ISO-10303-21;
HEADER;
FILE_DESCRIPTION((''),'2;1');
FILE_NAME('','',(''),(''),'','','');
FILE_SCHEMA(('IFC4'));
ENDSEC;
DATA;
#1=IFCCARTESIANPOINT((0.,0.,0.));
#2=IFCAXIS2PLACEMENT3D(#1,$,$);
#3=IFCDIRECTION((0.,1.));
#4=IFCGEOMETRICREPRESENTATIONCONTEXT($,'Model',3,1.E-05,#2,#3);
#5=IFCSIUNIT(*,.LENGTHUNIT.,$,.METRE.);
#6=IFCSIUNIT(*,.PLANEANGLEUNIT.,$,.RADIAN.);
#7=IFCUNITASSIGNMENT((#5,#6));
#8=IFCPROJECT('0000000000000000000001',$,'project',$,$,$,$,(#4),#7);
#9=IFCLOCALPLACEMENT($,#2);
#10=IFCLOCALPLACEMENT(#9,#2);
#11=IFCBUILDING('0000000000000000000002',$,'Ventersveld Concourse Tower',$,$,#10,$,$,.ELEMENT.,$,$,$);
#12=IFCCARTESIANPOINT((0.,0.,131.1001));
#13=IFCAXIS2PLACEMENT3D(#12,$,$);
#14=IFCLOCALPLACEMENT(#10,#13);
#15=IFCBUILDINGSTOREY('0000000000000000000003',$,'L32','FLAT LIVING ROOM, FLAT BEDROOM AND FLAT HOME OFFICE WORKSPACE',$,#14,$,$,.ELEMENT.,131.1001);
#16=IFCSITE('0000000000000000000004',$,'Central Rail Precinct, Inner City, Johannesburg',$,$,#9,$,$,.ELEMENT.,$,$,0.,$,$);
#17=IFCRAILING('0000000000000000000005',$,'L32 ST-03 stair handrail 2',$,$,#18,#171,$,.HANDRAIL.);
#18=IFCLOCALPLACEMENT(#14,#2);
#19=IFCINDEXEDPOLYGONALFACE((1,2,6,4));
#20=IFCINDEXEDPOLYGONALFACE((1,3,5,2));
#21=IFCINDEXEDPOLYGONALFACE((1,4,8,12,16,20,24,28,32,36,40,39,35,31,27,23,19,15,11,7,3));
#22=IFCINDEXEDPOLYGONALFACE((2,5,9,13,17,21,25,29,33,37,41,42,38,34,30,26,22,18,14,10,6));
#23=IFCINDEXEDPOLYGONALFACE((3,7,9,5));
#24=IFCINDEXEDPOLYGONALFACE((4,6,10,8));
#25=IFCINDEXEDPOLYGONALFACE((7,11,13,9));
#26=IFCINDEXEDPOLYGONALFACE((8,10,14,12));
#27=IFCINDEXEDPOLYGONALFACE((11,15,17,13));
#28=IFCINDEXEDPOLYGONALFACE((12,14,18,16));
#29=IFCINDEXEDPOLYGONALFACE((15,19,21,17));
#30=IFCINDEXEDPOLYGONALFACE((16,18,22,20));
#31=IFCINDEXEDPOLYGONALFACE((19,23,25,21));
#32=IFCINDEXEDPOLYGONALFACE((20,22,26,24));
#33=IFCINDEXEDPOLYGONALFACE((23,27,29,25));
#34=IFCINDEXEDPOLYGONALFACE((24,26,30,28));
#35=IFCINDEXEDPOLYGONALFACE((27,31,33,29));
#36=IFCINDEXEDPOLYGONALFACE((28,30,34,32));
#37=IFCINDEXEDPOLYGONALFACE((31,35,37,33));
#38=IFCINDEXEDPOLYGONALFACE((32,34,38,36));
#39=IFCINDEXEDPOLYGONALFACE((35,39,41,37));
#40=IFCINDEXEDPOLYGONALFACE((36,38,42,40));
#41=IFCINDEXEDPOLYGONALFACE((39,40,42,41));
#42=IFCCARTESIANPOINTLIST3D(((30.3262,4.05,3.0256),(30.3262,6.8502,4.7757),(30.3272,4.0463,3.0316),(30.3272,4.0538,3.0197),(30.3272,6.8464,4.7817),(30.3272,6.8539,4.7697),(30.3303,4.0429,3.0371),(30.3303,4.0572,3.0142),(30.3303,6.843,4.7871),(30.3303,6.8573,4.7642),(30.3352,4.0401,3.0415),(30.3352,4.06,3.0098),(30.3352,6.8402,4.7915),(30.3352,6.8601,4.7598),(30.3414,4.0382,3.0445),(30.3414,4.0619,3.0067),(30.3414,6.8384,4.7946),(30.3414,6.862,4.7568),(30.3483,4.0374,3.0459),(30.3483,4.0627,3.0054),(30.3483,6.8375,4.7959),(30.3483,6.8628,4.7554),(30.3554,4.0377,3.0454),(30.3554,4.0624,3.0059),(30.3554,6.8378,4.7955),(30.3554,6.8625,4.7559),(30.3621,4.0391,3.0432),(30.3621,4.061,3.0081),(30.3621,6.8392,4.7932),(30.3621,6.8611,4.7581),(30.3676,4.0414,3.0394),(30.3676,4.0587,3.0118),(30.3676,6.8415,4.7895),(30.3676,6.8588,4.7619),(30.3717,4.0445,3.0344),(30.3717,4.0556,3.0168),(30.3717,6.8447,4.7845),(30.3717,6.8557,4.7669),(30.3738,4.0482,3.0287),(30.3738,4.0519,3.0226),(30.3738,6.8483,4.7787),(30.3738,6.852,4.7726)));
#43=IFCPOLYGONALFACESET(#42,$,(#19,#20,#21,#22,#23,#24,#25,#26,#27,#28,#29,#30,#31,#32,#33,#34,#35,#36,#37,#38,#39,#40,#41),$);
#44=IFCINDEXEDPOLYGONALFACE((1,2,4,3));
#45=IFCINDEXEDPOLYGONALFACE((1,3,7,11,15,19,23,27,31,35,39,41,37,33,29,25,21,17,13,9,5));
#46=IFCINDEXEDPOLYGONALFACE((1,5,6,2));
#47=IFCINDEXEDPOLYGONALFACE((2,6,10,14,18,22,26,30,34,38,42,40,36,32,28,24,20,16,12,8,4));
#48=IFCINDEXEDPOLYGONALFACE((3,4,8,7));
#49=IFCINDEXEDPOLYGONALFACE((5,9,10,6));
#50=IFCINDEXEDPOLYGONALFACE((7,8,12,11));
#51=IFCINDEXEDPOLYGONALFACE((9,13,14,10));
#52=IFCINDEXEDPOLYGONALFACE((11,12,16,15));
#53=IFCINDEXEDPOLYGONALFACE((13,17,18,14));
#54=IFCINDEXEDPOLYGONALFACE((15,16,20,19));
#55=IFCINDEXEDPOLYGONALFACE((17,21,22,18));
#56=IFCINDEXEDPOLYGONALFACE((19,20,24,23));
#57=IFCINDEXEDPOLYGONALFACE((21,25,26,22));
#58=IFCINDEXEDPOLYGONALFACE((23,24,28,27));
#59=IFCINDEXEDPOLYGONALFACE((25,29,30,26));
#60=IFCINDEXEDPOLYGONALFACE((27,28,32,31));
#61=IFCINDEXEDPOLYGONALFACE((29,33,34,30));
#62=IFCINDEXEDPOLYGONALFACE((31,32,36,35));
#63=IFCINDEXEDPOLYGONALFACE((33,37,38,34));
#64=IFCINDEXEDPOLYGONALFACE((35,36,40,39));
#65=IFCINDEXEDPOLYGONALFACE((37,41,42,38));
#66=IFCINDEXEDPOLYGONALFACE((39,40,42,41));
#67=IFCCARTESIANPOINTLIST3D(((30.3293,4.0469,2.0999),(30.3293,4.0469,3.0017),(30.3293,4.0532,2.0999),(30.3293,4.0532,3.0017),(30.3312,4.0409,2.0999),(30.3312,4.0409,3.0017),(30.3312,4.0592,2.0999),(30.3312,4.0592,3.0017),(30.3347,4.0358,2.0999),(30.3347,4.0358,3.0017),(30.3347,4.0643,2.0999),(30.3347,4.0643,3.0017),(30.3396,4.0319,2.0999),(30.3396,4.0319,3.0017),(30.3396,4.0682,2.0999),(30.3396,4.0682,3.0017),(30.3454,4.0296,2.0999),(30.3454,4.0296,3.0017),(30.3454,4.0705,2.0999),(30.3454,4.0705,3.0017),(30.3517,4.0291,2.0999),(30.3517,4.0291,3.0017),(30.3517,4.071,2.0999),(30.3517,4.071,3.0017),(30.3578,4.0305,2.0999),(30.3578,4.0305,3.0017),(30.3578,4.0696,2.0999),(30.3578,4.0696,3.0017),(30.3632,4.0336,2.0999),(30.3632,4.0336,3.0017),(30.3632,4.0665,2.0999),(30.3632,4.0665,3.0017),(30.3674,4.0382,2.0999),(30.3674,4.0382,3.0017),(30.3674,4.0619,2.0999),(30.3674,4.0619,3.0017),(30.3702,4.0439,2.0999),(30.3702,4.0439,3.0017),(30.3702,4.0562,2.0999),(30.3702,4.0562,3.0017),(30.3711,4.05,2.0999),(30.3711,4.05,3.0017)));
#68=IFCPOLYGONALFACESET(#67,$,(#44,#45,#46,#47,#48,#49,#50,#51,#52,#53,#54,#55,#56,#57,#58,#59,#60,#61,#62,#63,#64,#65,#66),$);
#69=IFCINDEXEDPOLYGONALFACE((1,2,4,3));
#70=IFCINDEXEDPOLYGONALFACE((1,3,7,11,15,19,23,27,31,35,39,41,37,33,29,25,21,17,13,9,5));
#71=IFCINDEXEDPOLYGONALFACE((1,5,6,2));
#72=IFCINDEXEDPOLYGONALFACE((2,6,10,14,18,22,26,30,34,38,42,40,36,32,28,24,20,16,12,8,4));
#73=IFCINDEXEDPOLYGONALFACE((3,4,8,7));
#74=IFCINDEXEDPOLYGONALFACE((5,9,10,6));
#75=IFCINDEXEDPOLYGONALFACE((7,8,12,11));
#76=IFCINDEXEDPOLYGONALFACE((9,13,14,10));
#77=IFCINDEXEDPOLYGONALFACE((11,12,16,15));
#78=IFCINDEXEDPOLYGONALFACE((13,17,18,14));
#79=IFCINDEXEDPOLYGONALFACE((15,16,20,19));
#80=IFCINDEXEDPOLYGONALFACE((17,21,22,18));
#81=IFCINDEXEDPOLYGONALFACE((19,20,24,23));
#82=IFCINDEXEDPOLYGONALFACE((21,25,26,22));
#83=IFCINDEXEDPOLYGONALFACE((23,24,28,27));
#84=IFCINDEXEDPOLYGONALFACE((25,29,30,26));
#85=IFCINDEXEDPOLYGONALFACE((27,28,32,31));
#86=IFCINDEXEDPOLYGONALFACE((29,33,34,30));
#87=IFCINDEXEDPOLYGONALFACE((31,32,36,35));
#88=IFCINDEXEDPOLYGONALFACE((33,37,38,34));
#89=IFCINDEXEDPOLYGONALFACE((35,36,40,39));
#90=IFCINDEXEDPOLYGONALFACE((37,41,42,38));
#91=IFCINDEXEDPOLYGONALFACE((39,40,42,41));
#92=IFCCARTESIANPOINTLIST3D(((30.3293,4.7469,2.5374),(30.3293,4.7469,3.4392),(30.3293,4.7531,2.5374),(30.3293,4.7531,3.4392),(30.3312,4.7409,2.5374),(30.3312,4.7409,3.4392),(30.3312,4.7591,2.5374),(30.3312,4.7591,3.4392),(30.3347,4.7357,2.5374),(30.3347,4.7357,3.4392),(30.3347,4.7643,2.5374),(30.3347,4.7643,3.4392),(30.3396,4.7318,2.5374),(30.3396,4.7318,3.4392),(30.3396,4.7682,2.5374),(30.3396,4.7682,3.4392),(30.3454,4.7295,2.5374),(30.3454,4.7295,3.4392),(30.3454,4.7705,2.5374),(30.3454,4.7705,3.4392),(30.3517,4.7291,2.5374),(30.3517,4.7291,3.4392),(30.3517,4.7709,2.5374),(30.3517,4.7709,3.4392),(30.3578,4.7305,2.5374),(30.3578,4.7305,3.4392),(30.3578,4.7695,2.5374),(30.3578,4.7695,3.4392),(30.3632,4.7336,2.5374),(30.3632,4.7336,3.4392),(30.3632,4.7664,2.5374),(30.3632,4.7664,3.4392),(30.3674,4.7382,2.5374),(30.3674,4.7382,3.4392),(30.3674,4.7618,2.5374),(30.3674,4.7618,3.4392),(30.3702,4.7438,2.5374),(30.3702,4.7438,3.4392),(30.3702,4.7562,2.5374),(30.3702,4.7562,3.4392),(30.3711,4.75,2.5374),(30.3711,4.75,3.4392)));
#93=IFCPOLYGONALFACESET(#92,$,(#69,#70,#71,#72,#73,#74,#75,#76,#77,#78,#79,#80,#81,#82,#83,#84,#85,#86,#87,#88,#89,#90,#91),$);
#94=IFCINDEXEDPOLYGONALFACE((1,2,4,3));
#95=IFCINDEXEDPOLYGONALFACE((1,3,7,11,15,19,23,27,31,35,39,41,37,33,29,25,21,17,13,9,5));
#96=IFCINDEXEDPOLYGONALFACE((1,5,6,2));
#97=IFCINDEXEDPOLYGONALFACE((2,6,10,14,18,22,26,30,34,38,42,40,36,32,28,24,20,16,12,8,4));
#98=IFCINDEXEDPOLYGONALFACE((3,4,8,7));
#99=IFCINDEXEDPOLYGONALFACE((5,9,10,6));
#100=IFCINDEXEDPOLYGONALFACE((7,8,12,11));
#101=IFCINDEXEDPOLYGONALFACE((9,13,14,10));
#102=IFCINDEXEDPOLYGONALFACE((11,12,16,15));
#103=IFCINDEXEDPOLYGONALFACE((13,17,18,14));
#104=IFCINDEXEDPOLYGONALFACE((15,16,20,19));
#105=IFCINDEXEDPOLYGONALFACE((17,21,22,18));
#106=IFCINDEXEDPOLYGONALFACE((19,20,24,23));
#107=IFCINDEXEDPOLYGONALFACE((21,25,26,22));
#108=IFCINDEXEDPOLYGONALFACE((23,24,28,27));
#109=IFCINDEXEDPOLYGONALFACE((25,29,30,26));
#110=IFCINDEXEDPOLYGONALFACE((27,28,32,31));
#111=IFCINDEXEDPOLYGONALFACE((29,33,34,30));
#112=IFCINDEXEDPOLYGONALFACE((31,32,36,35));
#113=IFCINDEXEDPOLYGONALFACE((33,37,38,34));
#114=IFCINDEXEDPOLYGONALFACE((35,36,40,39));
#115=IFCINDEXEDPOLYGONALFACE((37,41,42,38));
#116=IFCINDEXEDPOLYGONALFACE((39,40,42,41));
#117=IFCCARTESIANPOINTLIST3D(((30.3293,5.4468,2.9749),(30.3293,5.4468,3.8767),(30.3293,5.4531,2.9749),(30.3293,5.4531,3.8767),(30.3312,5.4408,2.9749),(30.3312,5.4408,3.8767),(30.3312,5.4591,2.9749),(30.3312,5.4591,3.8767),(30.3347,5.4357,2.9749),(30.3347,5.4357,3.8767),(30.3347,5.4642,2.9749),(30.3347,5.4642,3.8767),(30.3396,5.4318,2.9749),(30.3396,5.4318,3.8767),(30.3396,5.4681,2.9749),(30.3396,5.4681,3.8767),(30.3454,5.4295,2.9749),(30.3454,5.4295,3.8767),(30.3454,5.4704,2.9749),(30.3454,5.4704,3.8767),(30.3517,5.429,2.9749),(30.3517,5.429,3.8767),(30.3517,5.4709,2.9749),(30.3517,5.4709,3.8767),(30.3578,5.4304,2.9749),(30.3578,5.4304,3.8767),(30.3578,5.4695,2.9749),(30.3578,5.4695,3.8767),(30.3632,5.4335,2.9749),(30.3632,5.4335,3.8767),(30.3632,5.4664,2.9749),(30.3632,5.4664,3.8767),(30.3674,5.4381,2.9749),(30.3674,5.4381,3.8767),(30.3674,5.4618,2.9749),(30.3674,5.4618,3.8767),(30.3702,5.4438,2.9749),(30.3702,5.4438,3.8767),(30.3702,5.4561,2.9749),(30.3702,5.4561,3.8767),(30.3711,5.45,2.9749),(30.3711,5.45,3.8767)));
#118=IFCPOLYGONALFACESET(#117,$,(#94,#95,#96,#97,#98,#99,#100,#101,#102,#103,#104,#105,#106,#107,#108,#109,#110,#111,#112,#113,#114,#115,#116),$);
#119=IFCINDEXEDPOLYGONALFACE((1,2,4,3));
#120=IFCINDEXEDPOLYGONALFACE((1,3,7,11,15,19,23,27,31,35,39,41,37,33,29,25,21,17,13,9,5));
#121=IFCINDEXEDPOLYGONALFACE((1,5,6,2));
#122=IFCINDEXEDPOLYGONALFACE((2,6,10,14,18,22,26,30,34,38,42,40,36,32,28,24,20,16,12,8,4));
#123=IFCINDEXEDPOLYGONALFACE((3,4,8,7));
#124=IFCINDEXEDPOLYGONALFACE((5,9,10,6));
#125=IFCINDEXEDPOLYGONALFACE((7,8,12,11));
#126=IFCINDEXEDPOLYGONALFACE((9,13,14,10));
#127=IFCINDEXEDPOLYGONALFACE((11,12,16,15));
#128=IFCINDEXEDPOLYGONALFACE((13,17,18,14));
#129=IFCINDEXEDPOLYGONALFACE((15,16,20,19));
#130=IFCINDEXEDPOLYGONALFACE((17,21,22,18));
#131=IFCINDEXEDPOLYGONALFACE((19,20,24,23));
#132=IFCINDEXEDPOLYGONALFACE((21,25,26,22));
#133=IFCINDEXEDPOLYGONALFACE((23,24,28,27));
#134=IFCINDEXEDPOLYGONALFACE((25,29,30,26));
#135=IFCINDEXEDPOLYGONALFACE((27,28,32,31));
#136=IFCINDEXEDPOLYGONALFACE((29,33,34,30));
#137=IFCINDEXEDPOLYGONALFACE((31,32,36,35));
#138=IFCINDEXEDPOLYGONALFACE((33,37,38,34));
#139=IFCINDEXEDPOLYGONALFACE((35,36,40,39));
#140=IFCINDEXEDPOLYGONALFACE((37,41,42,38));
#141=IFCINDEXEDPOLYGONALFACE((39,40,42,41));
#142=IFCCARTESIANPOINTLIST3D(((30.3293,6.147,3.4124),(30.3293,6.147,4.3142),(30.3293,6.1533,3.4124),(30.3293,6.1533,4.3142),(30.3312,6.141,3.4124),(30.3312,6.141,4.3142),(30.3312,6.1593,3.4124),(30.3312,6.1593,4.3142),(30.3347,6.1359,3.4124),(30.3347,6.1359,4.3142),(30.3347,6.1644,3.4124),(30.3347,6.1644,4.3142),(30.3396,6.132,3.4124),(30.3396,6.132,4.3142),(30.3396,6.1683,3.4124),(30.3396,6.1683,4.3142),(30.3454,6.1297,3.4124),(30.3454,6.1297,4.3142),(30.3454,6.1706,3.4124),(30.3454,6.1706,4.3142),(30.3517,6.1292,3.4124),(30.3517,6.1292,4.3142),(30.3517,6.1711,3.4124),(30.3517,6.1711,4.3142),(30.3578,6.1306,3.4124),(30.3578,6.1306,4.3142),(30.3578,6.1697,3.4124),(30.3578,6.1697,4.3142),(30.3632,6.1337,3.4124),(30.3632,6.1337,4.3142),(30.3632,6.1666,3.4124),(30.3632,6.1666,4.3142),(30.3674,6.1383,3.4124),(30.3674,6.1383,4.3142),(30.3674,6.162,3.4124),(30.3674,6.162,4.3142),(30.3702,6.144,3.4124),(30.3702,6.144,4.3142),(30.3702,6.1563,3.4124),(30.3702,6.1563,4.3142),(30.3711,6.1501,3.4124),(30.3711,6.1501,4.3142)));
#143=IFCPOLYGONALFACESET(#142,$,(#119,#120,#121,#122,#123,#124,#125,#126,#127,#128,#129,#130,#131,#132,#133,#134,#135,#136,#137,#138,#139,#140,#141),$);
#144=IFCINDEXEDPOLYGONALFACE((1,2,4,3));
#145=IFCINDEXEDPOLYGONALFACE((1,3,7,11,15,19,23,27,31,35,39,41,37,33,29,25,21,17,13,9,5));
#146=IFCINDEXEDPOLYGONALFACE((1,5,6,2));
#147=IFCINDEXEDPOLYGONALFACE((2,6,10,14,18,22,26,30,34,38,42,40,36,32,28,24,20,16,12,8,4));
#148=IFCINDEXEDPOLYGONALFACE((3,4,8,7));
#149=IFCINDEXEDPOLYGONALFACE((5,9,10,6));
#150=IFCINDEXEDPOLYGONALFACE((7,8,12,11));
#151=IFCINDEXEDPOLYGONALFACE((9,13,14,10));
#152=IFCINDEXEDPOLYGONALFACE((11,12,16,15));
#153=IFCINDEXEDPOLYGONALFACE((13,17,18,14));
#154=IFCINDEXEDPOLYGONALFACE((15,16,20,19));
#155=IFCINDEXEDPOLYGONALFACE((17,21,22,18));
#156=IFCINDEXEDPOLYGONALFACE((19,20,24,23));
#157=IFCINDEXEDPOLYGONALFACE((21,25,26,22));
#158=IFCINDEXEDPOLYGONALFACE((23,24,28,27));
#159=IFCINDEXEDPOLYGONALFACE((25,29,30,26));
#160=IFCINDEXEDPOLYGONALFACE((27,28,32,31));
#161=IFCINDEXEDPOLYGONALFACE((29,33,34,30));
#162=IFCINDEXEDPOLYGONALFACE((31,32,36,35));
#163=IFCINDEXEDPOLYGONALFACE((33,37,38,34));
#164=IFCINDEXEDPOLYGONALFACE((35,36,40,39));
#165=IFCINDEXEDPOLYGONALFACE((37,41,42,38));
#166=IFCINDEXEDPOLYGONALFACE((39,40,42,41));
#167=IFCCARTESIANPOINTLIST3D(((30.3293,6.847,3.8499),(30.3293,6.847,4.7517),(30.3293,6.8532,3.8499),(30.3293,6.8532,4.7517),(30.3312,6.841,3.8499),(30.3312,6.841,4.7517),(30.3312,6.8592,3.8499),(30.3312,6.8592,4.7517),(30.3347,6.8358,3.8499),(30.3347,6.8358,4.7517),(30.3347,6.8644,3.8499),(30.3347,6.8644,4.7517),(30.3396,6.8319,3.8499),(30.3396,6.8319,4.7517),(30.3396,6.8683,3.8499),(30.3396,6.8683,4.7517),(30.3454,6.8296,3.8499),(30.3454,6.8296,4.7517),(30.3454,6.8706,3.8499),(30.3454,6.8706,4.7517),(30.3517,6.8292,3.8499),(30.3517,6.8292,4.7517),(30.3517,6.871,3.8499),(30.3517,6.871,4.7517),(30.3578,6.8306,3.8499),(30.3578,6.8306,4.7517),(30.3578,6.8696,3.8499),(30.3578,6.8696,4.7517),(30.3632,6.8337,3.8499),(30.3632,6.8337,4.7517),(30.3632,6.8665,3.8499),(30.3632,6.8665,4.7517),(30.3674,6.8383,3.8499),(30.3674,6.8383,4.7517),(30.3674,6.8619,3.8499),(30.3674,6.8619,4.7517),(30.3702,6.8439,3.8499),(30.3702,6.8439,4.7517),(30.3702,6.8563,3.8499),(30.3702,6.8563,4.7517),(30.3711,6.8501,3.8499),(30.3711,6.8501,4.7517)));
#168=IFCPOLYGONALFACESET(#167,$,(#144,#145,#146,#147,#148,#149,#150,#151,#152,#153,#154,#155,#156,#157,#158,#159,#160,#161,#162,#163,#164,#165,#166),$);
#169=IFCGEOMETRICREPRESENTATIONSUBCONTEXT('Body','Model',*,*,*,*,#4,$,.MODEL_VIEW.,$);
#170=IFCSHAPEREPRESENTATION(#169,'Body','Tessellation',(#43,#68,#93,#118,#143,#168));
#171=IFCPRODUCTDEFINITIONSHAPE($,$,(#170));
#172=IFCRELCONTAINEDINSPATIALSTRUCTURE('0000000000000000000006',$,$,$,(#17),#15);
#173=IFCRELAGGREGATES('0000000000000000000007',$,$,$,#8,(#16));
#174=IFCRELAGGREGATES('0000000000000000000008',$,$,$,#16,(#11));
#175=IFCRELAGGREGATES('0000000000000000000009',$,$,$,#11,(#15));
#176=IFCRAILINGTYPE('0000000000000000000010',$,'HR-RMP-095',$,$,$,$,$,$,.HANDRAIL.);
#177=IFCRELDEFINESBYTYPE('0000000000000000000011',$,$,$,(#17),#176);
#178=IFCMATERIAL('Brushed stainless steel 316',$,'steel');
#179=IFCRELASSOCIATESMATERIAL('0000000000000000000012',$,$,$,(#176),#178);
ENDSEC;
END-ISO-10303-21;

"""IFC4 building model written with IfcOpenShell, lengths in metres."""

from ifc_helpers import new_model, si_unit, direction, frame, origin, origin_2d, place, context, subcontext, project, spatial, circle, extrude, material, type_object, element, save


model = new_model("IFC4")

# Units and contexts
model_context = context("Model", 3, precision=1e-05, world=origin(), true_north=direction((0.0, 1.0)))
body_context = subcontext(model_context, "Body", "Model", "MODEL_VIEW")
ifc_project = project(units=[si_unit("LENGTHUNIT", "METRE"), si_unit("PLANEANGLEUNIT", "RADIAN")], contexts=[model_context])

# Site, building, storey
site_placement = place(None, origin())
site = spatial("IfcSite", under=ifc_project, at=site_placement, Name="Central Rail Precinct, Inner City, Johannesburg", CompositionType="ELEMENT", RefElevation=0.0)
building_placement = place(site_placement, origin())
building = spatial("IfcBuilding", under=site, at=building_placement, Name="Ventersveld Concourse Tower", CompositionType="ELEMENT")
storey_placement = place(building_placement, frame((0.0, 0.0, 131.1001)))
storey = spatial("IfcBuildingStorey", under=building, at=storey_placement, Name="L32", Description="FLAT LIVING ROOM, FLAT BEDROOM AND FLAT HOME OFFICE WORKSPACE", CompositionType="ELEMENT", Elevation=131.1001)

# Shared definitions
ifc_material_1 = material(Name="Brushed stainless steel 316", Category="steel")

# Railing
railing_type_1 = type_object("IfcRailingType", Name="HR-RMP-095", PredefinedType="HANDRAIL", material=ifc_material_1)
railing_1_placement = place(storey_placement, frame((30.3501, 4.05, 2.0999)))
element("IfcRailing", 1, at=railing_1_placement, inside=storey, type_object=railing_type_1, Name="L32 ST-03 stair handrail 2", PredefinedType="HANDRAIL", context=body_context, shape_type="SweptSolid", body=[
    extrude(circle(Radius=0.0239, at=origin_2d()), frame((0.0, 0.0, 0.9258), z_axis=(0.0, 0.848002, 0.529992), x_axis=(-1.0, 0.0, 0.0)), (0.0, 0.0, 1.0), 3.302),
    extrude(circle(Radius=0.021, at=origin_2d()), origin(), (0.0, 0.0, 1.0), 0.9019),
    extrude(circle(Radius=0.021, at=origin_2d()), frame((0.0, 0.7, 0.4375)), (0.0, 0.0, 1.0), 0.9019),
    extrude(circle(Radius=0.021, at=origin_2d()), frame((0.0, 1.3999, 0.875)), (0.0, 0.0, 1.0), 0.9019),
    extrude(circle(Radius=0.021, at=origin_2d()), frame((0.0, 2.1001, 1.3125)), (0.0, 0.0, 1.0), 0.9019),
    extrude(circle(Radius=0.021, at=origin_2d()), frame((0.0, 2.8, 1.75)), (0.0, 0.0, 1.0), 0.9019),
])

save(model, "model.ifc")
